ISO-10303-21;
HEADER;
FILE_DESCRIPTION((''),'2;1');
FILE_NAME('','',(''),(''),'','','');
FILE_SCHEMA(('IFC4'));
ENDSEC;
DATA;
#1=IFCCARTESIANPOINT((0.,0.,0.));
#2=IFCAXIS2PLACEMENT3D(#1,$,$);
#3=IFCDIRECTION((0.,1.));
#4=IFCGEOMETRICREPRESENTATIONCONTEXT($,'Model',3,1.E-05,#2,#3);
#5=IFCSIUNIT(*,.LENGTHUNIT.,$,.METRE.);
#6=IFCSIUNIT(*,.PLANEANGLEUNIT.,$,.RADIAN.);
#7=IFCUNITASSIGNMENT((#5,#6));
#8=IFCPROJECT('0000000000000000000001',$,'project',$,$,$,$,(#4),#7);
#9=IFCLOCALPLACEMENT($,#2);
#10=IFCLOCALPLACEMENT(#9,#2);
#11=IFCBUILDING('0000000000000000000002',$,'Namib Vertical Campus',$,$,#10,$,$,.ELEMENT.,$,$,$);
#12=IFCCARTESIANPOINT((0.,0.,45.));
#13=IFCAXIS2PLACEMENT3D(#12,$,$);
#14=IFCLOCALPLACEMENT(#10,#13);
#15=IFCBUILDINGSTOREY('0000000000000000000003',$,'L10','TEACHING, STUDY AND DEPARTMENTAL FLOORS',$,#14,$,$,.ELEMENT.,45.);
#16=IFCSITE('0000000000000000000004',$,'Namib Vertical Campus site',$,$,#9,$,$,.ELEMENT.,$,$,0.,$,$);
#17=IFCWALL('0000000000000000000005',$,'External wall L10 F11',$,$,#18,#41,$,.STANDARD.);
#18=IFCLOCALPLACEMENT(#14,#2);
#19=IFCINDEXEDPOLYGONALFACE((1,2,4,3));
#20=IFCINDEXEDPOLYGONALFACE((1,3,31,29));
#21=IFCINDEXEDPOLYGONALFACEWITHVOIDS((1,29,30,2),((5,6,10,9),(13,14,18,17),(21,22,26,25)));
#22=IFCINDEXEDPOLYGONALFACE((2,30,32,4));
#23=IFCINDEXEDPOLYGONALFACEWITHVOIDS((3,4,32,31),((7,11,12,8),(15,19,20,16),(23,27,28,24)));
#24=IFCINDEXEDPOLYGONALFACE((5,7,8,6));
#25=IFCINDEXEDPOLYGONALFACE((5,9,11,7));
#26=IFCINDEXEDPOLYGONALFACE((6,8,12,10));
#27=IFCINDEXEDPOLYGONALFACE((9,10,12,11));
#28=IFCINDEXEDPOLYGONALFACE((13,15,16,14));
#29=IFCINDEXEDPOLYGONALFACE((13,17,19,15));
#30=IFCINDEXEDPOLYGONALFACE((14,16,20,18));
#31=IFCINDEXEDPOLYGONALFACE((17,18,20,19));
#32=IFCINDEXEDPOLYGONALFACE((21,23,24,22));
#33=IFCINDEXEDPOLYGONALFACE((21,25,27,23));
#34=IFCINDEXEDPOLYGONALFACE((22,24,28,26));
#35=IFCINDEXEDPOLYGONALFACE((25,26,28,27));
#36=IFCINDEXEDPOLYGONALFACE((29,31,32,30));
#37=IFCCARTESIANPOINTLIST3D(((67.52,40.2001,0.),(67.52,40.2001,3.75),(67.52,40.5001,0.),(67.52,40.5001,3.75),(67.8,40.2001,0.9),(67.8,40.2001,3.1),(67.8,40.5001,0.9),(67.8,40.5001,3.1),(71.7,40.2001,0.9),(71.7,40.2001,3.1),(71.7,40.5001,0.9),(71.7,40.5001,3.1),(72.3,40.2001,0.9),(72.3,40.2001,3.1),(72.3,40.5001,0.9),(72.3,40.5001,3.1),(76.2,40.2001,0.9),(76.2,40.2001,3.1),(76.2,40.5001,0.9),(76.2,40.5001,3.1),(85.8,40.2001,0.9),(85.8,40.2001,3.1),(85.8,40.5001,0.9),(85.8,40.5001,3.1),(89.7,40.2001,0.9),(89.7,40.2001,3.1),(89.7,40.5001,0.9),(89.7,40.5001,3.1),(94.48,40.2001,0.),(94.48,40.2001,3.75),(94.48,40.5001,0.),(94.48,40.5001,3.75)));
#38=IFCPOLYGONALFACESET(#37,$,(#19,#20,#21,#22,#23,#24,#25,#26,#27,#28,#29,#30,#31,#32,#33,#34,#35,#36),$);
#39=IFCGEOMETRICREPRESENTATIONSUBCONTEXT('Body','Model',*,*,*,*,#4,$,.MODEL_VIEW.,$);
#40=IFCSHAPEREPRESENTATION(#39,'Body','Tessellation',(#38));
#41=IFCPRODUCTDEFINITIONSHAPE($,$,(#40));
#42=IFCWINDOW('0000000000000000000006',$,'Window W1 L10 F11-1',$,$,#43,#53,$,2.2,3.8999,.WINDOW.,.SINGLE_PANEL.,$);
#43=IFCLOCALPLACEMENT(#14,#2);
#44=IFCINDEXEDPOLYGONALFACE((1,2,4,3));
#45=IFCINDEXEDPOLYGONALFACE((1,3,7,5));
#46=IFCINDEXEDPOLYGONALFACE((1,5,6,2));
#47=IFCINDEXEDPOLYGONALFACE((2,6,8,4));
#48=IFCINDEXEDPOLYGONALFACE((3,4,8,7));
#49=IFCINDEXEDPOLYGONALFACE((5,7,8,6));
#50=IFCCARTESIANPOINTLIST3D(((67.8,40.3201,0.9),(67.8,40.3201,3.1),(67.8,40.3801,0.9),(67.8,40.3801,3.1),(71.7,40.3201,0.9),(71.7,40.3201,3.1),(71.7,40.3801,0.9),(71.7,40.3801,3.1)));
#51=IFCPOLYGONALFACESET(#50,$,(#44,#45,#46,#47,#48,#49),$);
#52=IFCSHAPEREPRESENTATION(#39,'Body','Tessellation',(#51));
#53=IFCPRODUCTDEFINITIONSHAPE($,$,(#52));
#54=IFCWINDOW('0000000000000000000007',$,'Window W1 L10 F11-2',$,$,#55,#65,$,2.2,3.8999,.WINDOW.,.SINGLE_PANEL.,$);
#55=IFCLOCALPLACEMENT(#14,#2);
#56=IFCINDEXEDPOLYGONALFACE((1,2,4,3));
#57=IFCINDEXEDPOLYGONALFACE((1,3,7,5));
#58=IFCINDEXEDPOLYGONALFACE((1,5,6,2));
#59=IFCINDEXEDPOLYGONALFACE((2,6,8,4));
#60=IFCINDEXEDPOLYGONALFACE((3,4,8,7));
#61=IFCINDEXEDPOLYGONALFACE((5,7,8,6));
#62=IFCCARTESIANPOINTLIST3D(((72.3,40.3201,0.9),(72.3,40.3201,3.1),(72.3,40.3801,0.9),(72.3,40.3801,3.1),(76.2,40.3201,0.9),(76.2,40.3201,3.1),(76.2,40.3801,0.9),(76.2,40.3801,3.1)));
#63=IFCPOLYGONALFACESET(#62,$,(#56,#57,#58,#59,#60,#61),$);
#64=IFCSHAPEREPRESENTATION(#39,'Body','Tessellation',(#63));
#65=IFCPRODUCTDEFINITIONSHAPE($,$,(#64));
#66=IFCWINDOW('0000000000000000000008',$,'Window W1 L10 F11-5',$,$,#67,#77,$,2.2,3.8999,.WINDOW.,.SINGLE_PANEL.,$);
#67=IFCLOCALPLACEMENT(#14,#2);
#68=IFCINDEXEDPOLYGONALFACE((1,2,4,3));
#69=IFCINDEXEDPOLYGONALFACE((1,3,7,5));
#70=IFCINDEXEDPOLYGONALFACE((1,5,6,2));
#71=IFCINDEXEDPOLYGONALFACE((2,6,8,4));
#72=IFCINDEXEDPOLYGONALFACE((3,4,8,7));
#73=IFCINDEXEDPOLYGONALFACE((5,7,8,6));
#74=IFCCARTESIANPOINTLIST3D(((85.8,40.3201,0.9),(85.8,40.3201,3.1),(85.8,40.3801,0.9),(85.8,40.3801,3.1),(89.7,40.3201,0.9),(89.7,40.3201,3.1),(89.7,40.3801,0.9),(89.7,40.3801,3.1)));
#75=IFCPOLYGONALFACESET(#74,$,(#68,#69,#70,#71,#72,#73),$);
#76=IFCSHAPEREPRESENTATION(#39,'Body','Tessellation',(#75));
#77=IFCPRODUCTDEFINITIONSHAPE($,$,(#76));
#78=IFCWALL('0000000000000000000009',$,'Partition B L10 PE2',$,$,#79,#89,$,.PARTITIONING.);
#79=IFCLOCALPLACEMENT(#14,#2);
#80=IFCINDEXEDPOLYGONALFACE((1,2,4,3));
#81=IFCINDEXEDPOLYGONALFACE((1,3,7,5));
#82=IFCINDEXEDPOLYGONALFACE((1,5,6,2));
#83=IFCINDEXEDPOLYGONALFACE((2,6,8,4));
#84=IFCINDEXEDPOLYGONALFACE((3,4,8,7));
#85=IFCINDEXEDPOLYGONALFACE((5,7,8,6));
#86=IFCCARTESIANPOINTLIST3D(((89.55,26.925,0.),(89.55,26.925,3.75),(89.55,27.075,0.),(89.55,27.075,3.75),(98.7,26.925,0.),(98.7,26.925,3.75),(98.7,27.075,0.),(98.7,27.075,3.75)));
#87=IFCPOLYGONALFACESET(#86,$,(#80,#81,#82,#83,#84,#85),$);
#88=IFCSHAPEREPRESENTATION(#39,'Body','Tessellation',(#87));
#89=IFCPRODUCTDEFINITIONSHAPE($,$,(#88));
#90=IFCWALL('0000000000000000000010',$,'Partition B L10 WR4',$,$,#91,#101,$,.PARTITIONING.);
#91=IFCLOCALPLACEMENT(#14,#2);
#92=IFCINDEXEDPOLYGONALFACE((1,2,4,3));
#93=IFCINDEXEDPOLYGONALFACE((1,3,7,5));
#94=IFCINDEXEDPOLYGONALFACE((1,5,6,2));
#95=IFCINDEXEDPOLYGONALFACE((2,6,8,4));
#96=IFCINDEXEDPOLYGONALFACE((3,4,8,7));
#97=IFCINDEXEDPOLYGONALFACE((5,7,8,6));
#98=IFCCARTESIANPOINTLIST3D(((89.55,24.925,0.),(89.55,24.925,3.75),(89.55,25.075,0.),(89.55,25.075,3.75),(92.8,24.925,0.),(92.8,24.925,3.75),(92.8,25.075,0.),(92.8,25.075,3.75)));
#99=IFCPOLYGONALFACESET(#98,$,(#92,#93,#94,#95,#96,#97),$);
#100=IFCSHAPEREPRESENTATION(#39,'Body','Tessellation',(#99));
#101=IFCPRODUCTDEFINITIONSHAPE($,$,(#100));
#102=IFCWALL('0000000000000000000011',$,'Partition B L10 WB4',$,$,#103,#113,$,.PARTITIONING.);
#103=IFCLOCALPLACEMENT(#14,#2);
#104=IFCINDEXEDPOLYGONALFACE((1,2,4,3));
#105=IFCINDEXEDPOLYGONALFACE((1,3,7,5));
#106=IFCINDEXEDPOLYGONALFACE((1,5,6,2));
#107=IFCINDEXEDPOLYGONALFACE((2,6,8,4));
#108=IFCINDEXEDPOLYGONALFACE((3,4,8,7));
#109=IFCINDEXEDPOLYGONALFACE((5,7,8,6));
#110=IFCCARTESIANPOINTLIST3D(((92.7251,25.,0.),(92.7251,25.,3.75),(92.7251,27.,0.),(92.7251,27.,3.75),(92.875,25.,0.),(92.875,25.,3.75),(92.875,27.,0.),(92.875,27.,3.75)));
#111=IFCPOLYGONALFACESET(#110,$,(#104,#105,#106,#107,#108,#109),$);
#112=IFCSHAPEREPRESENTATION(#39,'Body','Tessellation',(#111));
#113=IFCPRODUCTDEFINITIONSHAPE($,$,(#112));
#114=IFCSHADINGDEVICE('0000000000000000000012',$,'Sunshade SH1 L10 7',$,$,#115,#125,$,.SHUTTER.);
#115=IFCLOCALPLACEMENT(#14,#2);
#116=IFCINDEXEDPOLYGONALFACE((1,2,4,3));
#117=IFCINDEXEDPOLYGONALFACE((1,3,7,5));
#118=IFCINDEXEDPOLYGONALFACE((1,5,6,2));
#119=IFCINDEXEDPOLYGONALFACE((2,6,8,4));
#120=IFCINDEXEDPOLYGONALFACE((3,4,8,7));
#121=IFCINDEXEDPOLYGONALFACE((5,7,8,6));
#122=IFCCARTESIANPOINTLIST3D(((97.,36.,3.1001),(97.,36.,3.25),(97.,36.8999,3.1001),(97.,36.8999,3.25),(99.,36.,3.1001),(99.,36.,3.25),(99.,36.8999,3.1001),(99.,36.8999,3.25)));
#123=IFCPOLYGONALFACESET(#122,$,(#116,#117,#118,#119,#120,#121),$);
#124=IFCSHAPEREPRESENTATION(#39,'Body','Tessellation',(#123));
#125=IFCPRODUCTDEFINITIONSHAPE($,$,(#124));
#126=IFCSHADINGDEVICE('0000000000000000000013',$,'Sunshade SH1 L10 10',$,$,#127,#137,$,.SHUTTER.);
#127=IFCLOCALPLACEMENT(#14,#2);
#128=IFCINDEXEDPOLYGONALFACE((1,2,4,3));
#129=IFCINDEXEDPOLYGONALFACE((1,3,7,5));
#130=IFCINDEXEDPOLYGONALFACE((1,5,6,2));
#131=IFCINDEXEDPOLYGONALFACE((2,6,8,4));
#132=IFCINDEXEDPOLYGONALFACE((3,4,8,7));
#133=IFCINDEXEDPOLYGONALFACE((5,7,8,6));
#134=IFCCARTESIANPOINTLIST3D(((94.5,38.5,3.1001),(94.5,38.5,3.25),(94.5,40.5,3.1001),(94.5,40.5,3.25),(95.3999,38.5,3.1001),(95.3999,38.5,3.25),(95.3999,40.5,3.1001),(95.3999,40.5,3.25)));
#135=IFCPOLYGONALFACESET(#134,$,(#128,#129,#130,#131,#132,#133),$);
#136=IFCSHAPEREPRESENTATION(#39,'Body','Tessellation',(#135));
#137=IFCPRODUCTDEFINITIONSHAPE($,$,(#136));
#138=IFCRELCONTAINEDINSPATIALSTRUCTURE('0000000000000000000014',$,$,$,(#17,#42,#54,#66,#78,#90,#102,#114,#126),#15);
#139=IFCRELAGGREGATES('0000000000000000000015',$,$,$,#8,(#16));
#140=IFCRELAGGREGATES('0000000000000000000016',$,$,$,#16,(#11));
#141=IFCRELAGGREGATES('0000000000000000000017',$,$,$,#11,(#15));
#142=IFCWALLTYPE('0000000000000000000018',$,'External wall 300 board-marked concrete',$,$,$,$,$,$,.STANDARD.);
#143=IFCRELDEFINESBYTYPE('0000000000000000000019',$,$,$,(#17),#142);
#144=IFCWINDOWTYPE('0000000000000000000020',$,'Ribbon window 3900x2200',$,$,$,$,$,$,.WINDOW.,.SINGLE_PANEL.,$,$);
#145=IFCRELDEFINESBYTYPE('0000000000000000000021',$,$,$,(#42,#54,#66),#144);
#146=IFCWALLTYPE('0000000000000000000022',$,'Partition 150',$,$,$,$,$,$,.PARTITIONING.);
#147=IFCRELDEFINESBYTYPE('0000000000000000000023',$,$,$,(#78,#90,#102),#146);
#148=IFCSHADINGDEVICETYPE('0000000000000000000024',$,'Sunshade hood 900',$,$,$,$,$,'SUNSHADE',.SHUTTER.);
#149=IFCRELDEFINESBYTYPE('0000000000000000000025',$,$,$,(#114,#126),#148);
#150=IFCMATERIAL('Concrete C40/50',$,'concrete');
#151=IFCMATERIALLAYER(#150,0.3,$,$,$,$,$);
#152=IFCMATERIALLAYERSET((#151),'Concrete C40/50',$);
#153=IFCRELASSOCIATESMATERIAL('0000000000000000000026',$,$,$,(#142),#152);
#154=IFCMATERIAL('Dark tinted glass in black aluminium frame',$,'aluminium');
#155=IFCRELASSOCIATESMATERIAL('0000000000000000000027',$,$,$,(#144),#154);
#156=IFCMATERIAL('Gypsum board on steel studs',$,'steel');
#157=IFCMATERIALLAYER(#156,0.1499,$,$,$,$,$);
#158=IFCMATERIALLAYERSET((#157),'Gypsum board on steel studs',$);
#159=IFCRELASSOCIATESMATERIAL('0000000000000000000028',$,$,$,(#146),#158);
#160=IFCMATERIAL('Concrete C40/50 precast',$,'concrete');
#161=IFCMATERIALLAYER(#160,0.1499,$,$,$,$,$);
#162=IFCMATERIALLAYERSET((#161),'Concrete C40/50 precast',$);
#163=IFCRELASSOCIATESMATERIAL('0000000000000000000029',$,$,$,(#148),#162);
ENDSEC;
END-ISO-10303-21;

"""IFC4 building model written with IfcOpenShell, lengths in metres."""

from ifc_helpers import new_model, si_unit, direction, frame, frame_2d, origin, origin_2d, place, context, subcontext, project, spatial, rectangle, extrude, material, layer, layer_set, type_object, element, fill, save


model = new_model("IFC4")

# Units and contexts
model_context = context("Model", 3, precision=1e-05, world=origin(), true_north=direction((0.0, 1.0)))
body_context = subcontext(model_context, "Body", "Model", "MODEL_VIEW")
ifc_project = project(units=[si_unit("LENGTHUNIT", "METRE"), si_unit("PLANEANGLEUNIT", "RADIAN")], contexts=[model_context])

# Site, building, storey
site_placement = place(None, origin())
site = spatial("IfcSite", under=ifc_project, at=site_placement, Name="Namib Vertical Campus site", CompositionType="ELEMENT", RefElevation=0.0)
building_placement = place(site_placement, origin())
building = spatial("IfcBuilding", under=site, at=building_placement, Name="Namib Vertical Campus", CompositionType="ELEMENT")
storey_placement = place(building_placement, frame((0.0, 0.0, 45.0)))
storey = spatial("IfcBuildingStorey", under=building, at=storey_placement, Name="L10", Description="TEACHING, STUDY AND DEPARTMENTAL FLOORS", CompositionType="ELEMENT", Elevation=45.0)

# Shared definitions
ifc_material_1 = material(Name="Concrete C40/50", Category="concrete")
ifc_layer_1 = layer(ifc_material_1, 0.3)
ifc_layer_set_1 = layer_set([ifc_layer_1], Name="Concrete C40/50")
wall_type_1 = type_object("IfcWallType", Name="External wall 300 board-marked concrete", PredefinedType="STANDARD", material=ifc_layer_set_1)

# Wall, openings, windows
wall_1_placement = place(storey_placement, frame((94.48, 40.3501, 0.0), z_axis=(0.0, 0.0, 1.0), x_axis=(-1.0, 0.0, 0.0)))
wall_1 = element("IfcWall", 1, at=wall_1_placement, inside=storey, type_object=wall_type_1, Name="External wall L10 F11", PredefinedType="STANDARD", context=body_context, shape_type="SweptSolid", body=[
    extrude(rectangle(XDim=26.96, YDim=0.3, at=frame_2d((13.48, 0.0))), origin(), (0.0, 0.0, 1.0), 3.75),
])
opening_1_placement = place(wall_1_placement, frame((22.78, 0.0, 0.8999)))
opening_1 = element("IfcOpeningElement", 2, at=opening_1_placement, cuts=wall_1, PredefinedType="OPENING", context=body_context, shape_type="SweptSolid", body=[
    extrude(rectangle(XDim=3.8999, YDim=2.2, at=frame_2d((1.95, 1.1001))), frame((0.0, 0.1599, 0.0), z_axis=(0.0, -1.0, 0.0), x_axis=(1.0, 0.0, 0.0)), (0.0, 0.0, 1.0), 0.3201),
])
opening_2_placement = place(wall_1_placement, frame((18.28, 0.0, 0.8999)))
opening_2 = element("IfcOpeningElement", 3, at=opening_2_placement, cuts=wall_1, PredefinedType="OPENING", context=body_context, shape_type="SweptSolid", body=[
    extrude(rectangle(XDim=3.8999, YDim=2.2, at=frame_2d((1.95, 1.1001))), frame((0.0, 0.1599, 0.0), z_axis=(0.0, -1.0, 0.0), x_axis=(1.0, 0.0, 0.0)), (0.0, 0.0, 1.0), 0.3201),
])
opening_3_placement = place(wall_1_placement, frame((4.78, 0.0, 0.8999)))
opening_3 = element("IfcOpeningElement", 4, at=opening_3_placement, cuts=wall_1, PredefinedType="OPENING", context=body_context, shape_type="SweptSolid", body=[
    extrude(rectangle(XDim=3.8999, YDim=2.2, at=frame_2d((1.95, 1.1001))), frame((0.0, 0.1599, 0.0), z_axis=(0.0, -1.0, 0.0), x_axis=(1.0, 0.0, 0.0)), (0.0, 0.0, 1.0), 0.3201),
])
ifc_material_2 = material(Name="Dark tinted glass in black aluminium frame", Category="aluminium")
window_type = type_object("IfcWindowType", Name="Ribbon window 3900x2200", PartitioningType="SINGLE_PANEL", PredefinedType="WINDOW", material=ifc_material_2)
window_1_placement = place(opening_1_placement, origin())
window_1 = element("IfcWindow", 5, at=window_1_placement, inside=storey, type_object=window_type, Name="Window W1 L10 F11-1", OverallHeight=2.2, OverallWidth=3.8999, PartitioningType="SINGLE_PANEL", PredefinedType="WINDOW", context=body_context, shape_type="SweptSolid", body=[
    extrude(rectangle(XDim=3.8999, YDim=2.2, at=frame_2d((1.95, 1.1001))), frame((0.0, 0.03, 0.0), z_axis=(0.0, -1.0, 0.0), x_axis=(1.0, 0.0, 0.0)), (0.0, 0.0, 1.0), 0.0601),
])
fill(opening_1, window_1)
window_2_placement = place(opening_2_placement, origin())
window_2 = element("IfcWindow", 6, at=window_2_placement, inside=storey, type_object=window_type, Name="Window W1 L10 F11-2", OverallHeight=2.2, OverallWidth=3.8999, PartitioningType="SINGLE_PANEL", PredefinedType="WINDOW", context=body_context, shape_type="SweptSolid", body=[
    extrude(rectangle(XDim=3.8999, YDim=2.2, at=frame_2d((1.95, 1.1001))), frame((0.0, 0.03, 0.0), z_axis=(0.0, -1.0, 0.0), x_axis=(1.0, 0.0, 0.0)), (0.0, 0.0, 1.0), 0.0601),
])
fill(opening_2, window_2)
window_3_placement = place(opening_3_placement, origin())
window_3 = element("IfcWindow", 7, at=window_3_placement, inside=storey, type_object=window_type, Name="Window W1 L10 F11-5", OverallHeight=2.2, OverallWidth=3.8999, PartitioningType="SINGLE_PANEL", PredefinedType="WINDOW", context=body_context, shape_type="SweptSolid", body=[
    extrude(rectangle(XDim=3.8999, YDim=2.2, at=frame_2d((1.95, 1.1001))), frame((0.0, 0.03, 0.0), z_axis=(0.0, -1.0, 0.0), x_axis=(1.0, 0.0, 0.0)), (0.0, 0.0, 1.0), 0.0601),
])
fill(opening_3, window_3)

# Walls
ifc_material_3 = material(Name="Gypsum board on steel studs", Category="steel")
ifc_layer_2 = layer(ifc_material_3, 0.1499)
ifc_layer_set_2 = layer_set([ifc_layer_2], Name="Gypsum board on steel studs")
wall_type_2 = type_object("IfcWallType", Name="Partition 150", PredefinedType="PARTITIONING", material=ifc_layer_set_2)
wall_2_placement = place(storey_placement, frame((89.55, 27.0, 0.0), z_axis=(0.0, 0.0, 1.0), x_axis=(1.0, 0.0, 0.0)))
element("IfcWall", 8, at=wall_2_placement, inside=storey, type_object=wall_type_2, Name="Partition B L10 PE2", PredefinedType="PARTITIONING", context=body_context, shape_type="SweptSolid", body=[
    extrude(rectangle(XDim=9.1499, YDim=0.1499, at=frame_2d((4.575, 0.0))), origin(), (0.0, 0.0, 1.0), 3.75),
])
wall_3_placement = place(storey_placement, frame((89.55, 25.0, 0.0), z_axis=(0.0, 0.0, 1.0), x_axis=(1.0, 0.0, 0.0)))
element("IfcWall", 9, at=wall_3_placement, inside=storey, type_object=wall_type_2, Name="Partition B L10 WR4", PredefinedType="PARTITIONING", context=body_context, shape_type="SweptSolid", body=[
    extrude(rectangle(XDim=3.25, YDim=0.1499, at=frame_2d((1.625, 0.0))), origin(), (0.0, 0.0, 1.0), 3.75),
])
wall_4_placement = place(storey_placement, frame((92.8, 25.0, 0.0), z_axis=(0.0, 0.0, 1.0), x_axis=(0.0, 1.0, 0.0)))
element("IfcWall", 10, at=wall_4_placement, inside=storey, type_object=wall_type_2, Name="Partition B L10 WB4", PredefinedType="PARTITIONING", context=body_context, shape_type="SweptSolid", body=[
    extrude(rectangle(XDim=2.0, YDim=0.1499, at=frame_2d((1.0, 0.0))), origin(), (0.0, 0.0, 1.0), 3.75),
])

# Shading devices
ifc_material_4 = material(Name="Concrete C40/50 precast", Category="concrete")
ifc_layer_3 = layer(ifc_material_4, 0.1499)
ifc_layer_set_3 = layer_set([ifc_layer_3], Name="Concrete C40/50 precast")
shading_device_type = type_object("IfcShadingDeviceType", Name="Sunshade hood 900", ElementType="SUNSHADE", PredefinedType="SHUTTER", material=ifc_layer_set_3)
for number, where, z_axis, x_axis, name in (
    (11, (98.0, 36.45, 3.1001), (0.0, 0.0, 1.0), (-1.0, 0.0, 0.0), "Sunshade SH1 L10 7"),
    (12, (94.95, 39.5, 3.1001), (0.0, 0.0, 1.0), (0.0, 1.0, 0.0), "Sunshade SH1 L10 10"),
):
    element("IfcShadingDevice", number, at=place(storey_placement, frame(where, z_axis=z_axis, x_axis=x_axis)), inside=storey, type_object=shading_device_type, Name=name, PredefinedType="SHUTTER", context=body_context, shape_type="SweptSolid", body=[
        extrude(rectangle(XDim=2.0, YDim=0.8999, at=origin_2d()), origin(), (0.0, 0.0, 1.0), 0.1499),
    ])

save(model, "model.ifc")
